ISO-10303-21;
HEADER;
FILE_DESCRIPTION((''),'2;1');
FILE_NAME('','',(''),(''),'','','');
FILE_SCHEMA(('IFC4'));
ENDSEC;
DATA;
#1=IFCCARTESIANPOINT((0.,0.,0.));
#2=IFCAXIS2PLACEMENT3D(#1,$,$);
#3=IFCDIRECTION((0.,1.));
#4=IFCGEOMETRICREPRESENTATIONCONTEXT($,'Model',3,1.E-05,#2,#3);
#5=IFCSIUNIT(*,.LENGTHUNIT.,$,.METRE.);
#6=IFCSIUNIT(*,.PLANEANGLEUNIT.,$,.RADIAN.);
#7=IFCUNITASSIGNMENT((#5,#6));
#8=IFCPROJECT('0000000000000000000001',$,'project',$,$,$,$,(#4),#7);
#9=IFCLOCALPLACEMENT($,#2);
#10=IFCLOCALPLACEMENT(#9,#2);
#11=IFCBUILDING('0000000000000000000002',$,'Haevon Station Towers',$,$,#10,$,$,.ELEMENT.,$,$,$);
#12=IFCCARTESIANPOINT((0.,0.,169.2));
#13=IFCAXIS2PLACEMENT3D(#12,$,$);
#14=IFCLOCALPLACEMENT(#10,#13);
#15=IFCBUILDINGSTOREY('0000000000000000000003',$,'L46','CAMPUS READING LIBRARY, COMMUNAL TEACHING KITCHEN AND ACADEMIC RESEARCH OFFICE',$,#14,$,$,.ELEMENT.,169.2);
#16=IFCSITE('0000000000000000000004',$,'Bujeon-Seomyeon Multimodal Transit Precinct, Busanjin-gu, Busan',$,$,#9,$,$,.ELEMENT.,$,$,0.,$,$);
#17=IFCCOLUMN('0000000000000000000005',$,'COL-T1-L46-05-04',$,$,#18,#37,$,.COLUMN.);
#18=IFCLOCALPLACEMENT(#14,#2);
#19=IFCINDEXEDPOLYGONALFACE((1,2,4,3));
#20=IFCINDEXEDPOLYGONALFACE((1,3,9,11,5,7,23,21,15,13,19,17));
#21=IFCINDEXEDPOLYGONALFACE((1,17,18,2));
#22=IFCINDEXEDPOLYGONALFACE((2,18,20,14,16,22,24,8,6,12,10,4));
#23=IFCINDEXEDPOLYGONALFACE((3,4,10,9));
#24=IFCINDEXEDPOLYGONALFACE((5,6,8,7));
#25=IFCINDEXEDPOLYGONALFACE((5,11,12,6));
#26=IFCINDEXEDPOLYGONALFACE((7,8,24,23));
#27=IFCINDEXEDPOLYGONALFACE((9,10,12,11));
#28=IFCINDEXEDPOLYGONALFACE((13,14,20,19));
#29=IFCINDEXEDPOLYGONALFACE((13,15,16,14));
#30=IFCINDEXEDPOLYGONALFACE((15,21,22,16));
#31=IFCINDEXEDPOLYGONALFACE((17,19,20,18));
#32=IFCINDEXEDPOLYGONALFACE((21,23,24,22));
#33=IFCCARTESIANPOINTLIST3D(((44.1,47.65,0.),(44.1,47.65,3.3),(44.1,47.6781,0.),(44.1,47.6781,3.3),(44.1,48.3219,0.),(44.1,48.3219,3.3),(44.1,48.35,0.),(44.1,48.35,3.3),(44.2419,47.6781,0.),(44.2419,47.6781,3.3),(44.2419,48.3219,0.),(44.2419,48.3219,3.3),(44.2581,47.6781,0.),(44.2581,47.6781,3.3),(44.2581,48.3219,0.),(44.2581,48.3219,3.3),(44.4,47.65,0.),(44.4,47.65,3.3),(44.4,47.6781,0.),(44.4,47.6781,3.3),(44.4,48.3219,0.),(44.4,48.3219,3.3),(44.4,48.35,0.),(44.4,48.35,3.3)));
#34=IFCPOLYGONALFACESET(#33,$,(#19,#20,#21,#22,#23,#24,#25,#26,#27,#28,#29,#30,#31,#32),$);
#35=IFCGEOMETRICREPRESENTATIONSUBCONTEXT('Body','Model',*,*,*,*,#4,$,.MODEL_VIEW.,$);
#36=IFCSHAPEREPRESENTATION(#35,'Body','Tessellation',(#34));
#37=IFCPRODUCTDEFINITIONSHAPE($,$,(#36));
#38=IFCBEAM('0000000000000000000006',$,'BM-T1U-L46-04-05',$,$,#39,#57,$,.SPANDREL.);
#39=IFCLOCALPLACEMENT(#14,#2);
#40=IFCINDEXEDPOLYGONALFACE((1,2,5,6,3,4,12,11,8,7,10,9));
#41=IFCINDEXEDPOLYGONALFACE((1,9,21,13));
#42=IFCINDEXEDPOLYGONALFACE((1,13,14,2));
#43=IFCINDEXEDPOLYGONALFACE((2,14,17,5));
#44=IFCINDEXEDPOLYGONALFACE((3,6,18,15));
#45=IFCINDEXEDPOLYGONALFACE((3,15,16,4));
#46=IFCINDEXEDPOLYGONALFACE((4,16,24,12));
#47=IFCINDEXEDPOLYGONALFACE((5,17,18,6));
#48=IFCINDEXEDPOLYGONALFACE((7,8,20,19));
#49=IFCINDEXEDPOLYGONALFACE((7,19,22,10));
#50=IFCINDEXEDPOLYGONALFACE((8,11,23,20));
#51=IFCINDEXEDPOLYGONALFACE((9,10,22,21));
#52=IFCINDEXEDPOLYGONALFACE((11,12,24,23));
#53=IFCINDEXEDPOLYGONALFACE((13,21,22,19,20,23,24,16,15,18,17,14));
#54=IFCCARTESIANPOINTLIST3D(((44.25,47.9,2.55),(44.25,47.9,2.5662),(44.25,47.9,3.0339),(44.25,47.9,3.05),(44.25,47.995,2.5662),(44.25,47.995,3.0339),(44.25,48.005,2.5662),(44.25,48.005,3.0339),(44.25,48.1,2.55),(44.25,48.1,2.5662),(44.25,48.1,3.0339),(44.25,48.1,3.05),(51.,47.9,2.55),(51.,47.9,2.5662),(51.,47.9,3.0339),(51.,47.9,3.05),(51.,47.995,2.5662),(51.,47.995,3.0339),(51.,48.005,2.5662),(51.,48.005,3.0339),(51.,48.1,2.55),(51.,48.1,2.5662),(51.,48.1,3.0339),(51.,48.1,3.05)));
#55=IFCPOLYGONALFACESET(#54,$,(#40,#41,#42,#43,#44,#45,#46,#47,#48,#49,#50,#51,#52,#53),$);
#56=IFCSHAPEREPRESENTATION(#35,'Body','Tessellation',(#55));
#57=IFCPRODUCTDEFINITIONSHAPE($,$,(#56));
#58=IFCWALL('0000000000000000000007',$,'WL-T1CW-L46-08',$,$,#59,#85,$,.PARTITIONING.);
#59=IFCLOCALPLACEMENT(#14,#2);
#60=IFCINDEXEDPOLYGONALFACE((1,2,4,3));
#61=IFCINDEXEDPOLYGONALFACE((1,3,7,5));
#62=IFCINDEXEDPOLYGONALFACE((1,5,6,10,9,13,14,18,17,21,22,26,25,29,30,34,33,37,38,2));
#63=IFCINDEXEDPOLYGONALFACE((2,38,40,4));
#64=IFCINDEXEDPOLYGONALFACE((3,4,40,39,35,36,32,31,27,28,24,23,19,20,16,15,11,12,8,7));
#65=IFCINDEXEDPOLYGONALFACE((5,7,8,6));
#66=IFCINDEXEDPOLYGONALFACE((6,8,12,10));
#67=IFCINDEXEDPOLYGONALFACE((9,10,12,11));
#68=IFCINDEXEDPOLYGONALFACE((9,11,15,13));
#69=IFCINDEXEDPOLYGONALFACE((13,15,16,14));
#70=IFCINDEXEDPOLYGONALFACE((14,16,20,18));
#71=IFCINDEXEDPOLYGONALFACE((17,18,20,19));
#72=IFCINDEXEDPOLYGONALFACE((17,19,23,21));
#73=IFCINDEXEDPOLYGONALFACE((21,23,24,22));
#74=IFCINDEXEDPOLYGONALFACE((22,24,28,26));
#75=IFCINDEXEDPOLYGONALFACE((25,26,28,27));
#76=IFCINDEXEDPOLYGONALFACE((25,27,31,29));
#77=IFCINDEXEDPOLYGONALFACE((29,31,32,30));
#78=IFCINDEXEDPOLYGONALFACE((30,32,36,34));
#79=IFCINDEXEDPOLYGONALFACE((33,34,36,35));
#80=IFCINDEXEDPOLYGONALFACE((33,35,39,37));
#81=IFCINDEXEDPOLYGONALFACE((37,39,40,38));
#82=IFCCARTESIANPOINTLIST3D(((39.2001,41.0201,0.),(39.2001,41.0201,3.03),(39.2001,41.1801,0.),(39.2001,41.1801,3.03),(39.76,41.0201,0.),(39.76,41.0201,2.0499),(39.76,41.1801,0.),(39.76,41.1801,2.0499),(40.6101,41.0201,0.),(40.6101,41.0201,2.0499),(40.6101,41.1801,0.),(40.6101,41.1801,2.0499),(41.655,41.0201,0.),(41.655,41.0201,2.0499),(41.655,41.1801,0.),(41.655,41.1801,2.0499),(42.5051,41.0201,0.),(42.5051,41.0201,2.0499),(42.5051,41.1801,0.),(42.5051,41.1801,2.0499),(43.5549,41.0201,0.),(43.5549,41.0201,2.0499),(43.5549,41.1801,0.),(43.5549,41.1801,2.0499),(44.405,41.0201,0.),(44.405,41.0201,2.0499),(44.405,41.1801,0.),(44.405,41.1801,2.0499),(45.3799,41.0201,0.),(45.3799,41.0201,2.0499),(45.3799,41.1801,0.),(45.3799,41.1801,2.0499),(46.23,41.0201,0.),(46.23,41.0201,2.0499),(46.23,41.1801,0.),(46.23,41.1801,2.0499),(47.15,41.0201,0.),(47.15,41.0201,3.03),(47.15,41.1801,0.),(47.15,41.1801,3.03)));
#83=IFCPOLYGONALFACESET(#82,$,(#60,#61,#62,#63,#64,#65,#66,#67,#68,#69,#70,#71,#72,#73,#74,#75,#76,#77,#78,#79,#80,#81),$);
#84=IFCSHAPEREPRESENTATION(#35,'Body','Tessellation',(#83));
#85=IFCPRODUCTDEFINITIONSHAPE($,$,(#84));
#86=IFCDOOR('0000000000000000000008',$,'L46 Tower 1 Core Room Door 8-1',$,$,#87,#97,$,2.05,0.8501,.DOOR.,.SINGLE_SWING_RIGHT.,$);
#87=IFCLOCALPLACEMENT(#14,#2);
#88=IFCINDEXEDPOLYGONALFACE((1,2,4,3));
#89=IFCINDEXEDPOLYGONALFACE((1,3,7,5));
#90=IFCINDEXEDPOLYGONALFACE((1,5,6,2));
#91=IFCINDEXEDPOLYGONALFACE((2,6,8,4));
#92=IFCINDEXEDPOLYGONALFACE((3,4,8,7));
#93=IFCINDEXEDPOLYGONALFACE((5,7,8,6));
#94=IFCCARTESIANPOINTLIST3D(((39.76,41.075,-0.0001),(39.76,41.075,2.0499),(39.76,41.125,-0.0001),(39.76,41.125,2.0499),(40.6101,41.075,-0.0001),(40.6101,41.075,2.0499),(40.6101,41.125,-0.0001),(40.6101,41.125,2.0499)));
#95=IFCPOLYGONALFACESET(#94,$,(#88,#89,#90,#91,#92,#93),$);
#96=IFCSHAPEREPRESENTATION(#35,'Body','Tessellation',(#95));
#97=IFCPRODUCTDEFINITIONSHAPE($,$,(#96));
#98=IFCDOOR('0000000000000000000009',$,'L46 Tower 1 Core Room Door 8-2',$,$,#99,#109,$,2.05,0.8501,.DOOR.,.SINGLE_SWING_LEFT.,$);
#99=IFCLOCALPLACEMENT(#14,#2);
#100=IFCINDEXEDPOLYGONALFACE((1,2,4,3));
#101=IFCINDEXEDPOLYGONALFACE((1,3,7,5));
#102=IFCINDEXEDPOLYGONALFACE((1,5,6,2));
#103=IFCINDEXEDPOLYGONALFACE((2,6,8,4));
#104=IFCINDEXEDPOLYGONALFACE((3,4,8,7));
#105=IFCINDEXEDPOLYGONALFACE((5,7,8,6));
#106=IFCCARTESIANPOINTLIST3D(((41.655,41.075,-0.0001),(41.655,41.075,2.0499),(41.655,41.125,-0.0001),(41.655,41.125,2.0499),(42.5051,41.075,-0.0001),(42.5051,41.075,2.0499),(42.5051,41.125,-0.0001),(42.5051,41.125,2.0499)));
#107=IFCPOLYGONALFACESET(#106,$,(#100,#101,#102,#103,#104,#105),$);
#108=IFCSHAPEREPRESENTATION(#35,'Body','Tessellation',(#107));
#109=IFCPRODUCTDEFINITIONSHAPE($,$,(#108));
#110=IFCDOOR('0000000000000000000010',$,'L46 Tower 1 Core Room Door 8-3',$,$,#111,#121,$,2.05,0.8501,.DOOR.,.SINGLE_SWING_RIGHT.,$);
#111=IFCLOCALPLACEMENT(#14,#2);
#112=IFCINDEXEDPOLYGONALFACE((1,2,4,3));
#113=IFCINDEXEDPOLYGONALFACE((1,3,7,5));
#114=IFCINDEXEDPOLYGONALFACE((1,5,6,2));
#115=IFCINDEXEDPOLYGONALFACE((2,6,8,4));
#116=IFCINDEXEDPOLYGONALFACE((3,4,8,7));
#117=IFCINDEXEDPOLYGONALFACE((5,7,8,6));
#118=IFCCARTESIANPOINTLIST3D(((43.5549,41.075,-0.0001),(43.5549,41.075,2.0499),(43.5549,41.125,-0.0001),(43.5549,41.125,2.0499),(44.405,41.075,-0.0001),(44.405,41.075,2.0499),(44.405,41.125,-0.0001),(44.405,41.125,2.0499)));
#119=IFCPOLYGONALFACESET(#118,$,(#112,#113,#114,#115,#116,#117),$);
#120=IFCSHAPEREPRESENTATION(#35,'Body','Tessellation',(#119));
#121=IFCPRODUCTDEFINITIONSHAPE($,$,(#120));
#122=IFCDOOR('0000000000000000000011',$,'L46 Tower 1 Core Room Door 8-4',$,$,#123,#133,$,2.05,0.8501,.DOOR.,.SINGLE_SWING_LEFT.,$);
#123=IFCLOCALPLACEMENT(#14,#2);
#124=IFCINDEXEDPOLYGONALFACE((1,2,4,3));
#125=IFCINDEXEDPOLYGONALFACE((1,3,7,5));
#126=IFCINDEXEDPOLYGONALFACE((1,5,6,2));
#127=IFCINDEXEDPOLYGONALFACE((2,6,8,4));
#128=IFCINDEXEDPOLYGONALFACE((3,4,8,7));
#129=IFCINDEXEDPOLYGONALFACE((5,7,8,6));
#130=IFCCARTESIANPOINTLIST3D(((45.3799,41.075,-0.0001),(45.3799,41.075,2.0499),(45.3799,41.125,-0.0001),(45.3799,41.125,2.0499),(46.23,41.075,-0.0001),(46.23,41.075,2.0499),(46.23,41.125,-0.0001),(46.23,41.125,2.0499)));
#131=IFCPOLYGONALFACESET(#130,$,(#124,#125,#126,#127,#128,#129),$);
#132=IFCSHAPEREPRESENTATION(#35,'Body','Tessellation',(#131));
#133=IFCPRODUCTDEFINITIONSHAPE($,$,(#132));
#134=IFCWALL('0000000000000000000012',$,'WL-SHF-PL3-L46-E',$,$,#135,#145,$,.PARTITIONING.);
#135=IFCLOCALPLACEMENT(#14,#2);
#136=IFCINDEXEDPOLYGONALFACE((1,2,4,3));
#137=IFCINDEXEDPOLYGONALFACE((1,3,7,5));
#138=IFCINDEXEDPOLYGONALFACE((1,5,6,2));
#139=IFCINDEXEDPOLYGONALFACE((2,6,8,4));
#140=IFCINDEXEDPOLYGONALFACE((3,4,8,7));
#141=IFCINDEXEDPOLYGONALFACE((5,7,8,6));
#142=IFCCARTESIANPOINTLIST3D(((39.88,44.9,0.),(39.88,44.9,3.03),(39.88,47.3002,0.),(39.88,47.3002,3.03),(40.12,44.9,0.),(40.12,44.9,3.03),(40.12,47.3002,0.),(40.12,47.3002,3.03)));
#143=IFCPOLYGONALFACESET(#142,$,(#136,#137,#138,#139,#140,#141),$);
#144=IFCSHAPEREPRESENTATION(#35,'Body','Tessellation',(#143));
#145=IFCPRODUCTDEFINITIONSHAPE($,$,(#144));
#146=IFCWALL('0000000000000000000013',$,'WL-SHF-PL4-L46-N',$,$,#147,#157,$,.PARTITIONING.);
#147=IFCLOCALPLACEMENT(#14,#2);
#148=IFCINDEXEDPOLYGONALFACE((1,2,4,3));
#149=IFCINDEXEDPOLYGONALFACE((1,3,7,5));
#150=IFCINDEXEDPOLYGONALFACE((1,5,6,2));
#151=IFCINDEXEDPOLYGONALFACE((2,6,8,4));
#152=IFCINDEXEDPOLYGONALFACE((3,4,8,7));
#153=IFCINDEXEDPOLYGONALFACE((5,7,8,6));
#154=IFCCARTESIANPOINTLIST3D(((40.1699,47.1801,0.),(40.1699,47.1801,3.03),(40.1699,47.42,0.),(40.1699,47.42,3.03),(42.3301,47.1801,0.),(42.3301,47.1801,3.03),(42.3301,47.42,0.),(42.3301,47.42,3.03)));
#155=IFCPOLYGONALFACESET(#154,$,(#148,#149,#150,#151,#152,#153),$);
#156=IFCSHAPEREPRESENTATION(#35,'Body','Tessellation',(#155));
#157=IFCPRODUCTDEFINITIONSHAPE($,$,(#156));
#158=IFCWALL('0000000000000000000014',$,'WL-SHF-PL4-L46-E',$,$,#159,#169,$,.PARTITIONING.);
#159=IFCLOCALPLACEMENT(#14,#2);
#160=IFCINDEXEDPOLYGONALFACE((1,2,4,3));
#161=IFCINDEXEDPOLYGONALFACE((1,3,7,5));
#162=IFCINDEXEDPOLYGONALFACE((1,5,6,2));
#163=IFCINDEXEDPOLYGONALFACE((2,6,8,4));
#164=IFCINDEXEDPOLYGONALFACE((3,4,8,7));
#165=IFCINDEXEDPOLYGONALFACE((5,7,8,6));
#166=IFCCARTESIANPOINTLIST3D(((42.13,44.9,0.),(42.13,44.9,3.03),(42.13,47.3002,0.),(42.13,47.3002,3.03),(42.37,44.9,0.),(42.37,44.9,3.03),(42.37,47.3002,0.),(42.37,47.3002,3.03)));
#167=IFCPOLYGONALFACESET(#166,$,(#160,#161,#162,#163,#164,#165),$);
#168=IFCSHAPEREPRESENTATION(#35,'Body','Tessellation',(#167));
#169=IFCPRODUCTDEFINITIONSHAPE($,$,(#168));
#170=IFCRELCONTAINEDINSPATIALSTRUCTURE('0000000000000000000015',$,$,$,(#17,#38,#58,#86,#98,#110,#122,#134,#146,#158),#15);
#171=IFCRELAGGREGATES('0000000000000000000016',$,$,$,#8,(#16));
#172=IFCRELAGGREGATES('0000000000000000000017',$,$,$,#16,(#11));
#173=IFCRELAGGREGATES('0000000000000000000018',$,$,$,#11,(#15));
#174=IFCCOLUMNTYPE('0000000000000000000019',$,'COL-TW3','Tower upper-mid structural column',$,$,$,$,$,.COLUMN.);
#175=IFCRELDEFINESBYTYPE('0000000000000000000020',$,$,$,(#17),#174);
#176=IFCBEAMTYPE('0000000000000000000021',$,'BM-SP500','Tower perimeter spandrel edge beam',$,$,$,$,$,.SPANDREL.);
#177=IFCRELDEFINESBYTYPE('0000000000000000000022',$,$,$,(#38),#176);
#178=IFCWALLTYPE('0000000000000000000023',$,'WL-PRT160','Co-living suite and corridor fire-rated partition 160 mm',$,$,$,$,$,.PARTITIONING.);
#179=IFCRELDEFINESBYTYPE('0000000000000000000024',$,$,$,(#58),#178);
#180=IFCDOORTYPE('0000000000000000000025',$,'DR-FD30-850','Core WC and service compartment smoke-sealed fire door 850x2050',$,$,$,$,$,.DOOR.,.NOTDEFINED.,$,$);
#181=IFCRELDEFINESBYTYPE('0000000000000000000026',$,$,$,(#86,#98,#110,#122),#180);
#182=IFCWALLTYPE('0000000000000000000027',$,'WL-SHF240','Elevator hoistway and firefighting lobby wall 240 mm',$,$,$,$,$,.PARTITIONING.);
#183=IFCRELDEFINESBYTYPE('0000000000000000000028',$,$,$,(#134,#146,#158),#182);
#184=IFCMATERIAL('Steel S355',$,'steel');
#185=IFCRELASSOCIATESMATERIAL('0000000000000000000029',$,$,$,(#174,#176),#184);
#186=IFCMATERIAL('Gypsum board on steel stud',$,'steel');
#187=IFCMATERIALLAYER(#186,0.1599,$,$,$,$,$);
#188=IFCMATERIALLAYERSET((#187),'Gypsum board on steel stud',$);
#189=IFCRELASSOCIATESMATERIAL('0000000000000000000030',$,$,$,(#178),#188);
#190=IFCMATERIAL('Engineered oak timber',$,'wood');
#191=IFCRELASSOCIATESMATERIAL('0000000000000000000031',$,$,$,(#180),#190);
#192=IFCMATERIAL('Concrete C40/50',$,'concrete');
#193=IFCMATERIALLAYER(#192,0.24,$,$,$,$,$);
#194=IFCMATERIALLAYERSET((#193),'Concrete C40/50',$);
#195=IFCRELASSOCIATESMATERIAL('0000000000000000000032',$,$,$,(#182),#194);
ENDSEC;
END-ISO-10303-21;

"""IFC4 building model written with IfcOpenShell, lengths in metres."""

from ifc_helpers import new_model, si_unit, direction, frame, frame_2d, origin, origin_2d, place, context, subcontext, project, spatial, rectangle, i_section, extrude, material, layer, layer_set, material_profile, profile_set, type_object, element, fill, save


model = new_model("IFC4")

# Units and contexts
model_context = context("Model", 3, precision=1e-05, world=origin(), true_north=direction((0.0, 1.0)))
body_context = subcontext(model_context, "Body", "Model", "MODEL_VIEW")
ifc_project = project(units=[si_unit("LENGTHUNIT", "METRE"), si_unit("PLANEANGLEUNIT", "RADIAN")], contexts=[model_context])

# Site, building, storey
site_placement = place(None, origin())
site = spatial("IfcSite", under=ifc_project, at=site_placement, Name="Bujeon-Seomyeon Multimodal Transit Precinct, Busanjin-gu, Busan", CompositionType="ELEMENT", RefElevation=0.0)
building_placement = place(site_placement, origin())
building = spatial("IfcBuilding", under=site, at=building_placement, Name="Haevon Station Towers", CompositionType="ELEMENT")
storey_placement = place(building_placement, frame((0.0, 0.0, 169.2)))
storey = spatial("IfcBuildingStorey", under=building, at=storey_placement, Name="L46", Description="CAMPUS READING LIBRARY, COMMUNAL TEACHING KITCHEN AND ACADEMIC RESEARCH OFFICE", CompositionType="ELEMENT", Elevation=169.2)

# Column
ifc_material_1 = material(Name="Steel S355", Category="steel")
ifc_material_profile_1 = material_profile(ifc_material_1, i_section(OverallWidth=0.3, OverallDepth=0.7, WebThickness=0.0161, FlangeThickness=0.0281, at=origin_2d()), Name="H-700x300x16x28")
ifc_profile_set_1 = profile_set([ifc_material_profile_1], Name="Steel S355")
column_type = type_object("IfcColumnType", Name="COL-TW3", Description="Tower upper-mid structural column", PredefinedType="COLUMN", material=ifc_profile_set_1)
column_placement = place(storey_placement, frame((44.25, 48.0, 0.0), z_axis=(0.0, 0.0, 1.0), x_axis=(1.0, 0.0, 0.0)))
element("IfcColumn", 1, at=column_placement, inside=storey, type_object=column_type, Name="COL-T1-L46-05-04", PredefinedType="COLUMN", context=body_context, shape_type="SweptSolid", body=[
    extrude(i_section(OverallWidth=0.3, OverallDepth=0.7, WebThickness=0.0161, FlangeThickness=0.0281, at=origin_2d()), origin(), (0.0, 0.0, 1.0), 3.3),
])

# Beam
ifc_material_profile_2 = material_profile(ifc_material_1, i_section(OverallWidth=0.2, OverallDepth=0.5, WebThickness=0.01, FlangeThickness=0.0161, at=origin_2d()), Name="H-500x200x10x16")
ifc_profile_set_2 = profile_set([ifc_material_profile_2], Name="Steel S355")
beam_type = type_object("IfcBeamType", Name="BM-SP500", Description="Tower perimeter spandrel edge beam", PredefinedType="SPANDREL", material=ifc_profile_set_2)
beam_placement = place(storey_placement, frame((44.25, 48.0, 2.8), z_axis=(1.0, 0.0, 0.0), x_axis=(0.0, 1.0, 0.0)))
element("IfcBeam", 2, at=beam_placement, inside=storey, type_object=beam_type, Name="BM-T1U-L46-04-05", PredefinedType="SPANDREL", context=body_context, shape_type="SweptSolid", body=[
    extrude(i_section(OverallWidth=0.2, OverallDepth=0.5, WebThickness=0.01, FlangeThickness=0.0161, at=origin_2d()), origin(), (0.0, 0.0, 1.0), 6.75),
])

# Wall, openings, doors
ifc_material_2 = material(Name="Gypsum board on steel stud", Category="steel")
ifc_layer_1 = layer(ifc_material_2, 0.1599)
ifc_layer_set_1 = layer_set([ifc_layer_1], Name="Gypsum board on steel stud")
wall_type_1 = type_object("IfcWallType", Name="WL-PRT160", Description="Co-living suite and corridor fire-rated partition 160 mm", PredefinedType="PARTITIONING", material=ifc_layer_set_1)
wall_1_placement = place(storey_placement, frame((39.2, 41.1001, 0.0), z_axis=(0.0, 0.0, 1.0), x_axis=(1.0, 0.0, 0.0)))
wall_1 = element("IfcWall", 3, at=wall_1_placement, inside=storey, type_object=wall_type_1, Name="WL-T1CW-L46-08", PredefinedType="PARTITIONING", context=body_context, shape_type="SweptSolid", body=[
    extrude(rectangle(XDim=7.95, YDim=0.1599, at=frame_2d((3.9751, 0.0))), origin(), (0.0, 0.0, 1.0), 3.03),
])
opening_1_placement = place(wall_1_placement, frame((0.5601, 0.0, 0.0)))
opening_1 = element("IfcOpeningElement", 4, at=opening_1_placement, cuts=wall_1, PredefinedType="OPENING", context=body_context, shape_type="SweptSolid", body=[
    extrude(rectangle(XDim=0.8501, YDim=2.05, at=frame_2d((0.425, 1.0249))), frame((0.0, 0.0898, 0.0), z_axis=(0.0, -1.0, 0.0), x_axis=(1.0, 0.0, 0.0)), (0.0, 0.0, 1.0), 0.1799),
])
opening_2_placement = place(wall_1_placement, frame((2.4551, 0.0, 0.0)))
opening_2 = element("IfcOpeningElement", 5, at=opening_2_placement, cuts=wall_1, PredefinedType="OPENING", context=body_context, shape_type="SweptSolid", body=[
    extrude(rectangle(XDim=0.8501, YDim=2.05, at=frame_2d((0.425, 1.0249))), frame((0.0, 0.0898, 0.0), z_axis=(0.0, -1.0, 0.0), x_axis=(1.0, 0.0, 0.0)), (0.0, 0.0, 1.0), 0.1799),
])
opening_3_placement = place(wall_1_placement, frame((4.355, 0.0, 0.0)))
opening_3 = element("IfcOpeningElement", 6, at=opening_3_placement, cuts=wall_1, PredefinedType="OPENING", context=body_context, shape_type="SweptSolid", body=[
    extrude(rectangle(XDim=0.8501, YDim=2.05, at=frame_2d((0.425, 1.0249))), frame((0.0, 0.0898, 0.0), z_axis=(0.0, -1.0, 0.0), x_axis=(1.0, 0.0, 0.0)), (0.0, 0.0, 1.0), 0.1799),
])
opening_4_placement = place(wall_1_placement, frame((6.1799, 0.0, 0.0)))
opening_4 = element("IfcOpeningElement", 7, at=opening_4_placement, cuts=wall_1, PredefinedType="OPENING", context=body_context, shape_type="SweptSolid", body=[
    extrude(rectangle(XDim=0.8501, YDim=2.05, at=frame_2d((0.425, 1.0249))), frame((0.0, 0.0898, 0.0), z_axis=(0.0, -1.0, 0.0), x_axis=(1.0, 0.0, 0.0)), (0.0, 0.0, 1.0), 0.1799),
])
ifc_material_3 = material(Name="Engineered oak timber", Category="wood")
door_type_1 = type_object("IfcDoorType", Name="DR-FD30-850", Description="Core WC and service compartment smoke-sealed fire door 850x2050", OperationType="NOTDEFINED", PredefinedType="DOOR", material=ifc_material_3)
door_1_placement = place(opening_1_placement, origin())
door_1 = element("IfcDoor", 8, at=door_1_placement, inside=storey, type_object=door_type_1, Name="L46 Tower 1 Core Room Door 8-1", OperationType="SINGLE_SWING_RIGHT", OverallHeight=2.05, OverallWidth=0.8501, PredefinedType="DOOR", context=body_context, shape_type="SweptSolid", body=[
    extrude(rectangle(XDim=0.8501, YDim=2.05, at=frame_2d((0.425, 1.0249))), frame((0.0, 0.0249, 0.0), z_axis=(0.0, -1.0, 0.0), x_axis=(1.0, 0.0, 0.0)), (0.0, 0.0, 1.0), 0.05),
])
fill(opening_1, door_1)
door_2_placement = place(opening_2_placement, origin())
door_2 = element("IfcDoor", 9, at=door_2_placement, inside=storey, type_object=door_type_1, Name="L46 Tower 1 Core Room Door 8-2", OperationType="SINGLE_SWING_LEFT", OverallHeight=2.05, OverallWidth=0.8501, PredefinedType="DOOR", context=body_context, shape_type="SweptSolid", body=[
    extrude(rectangle(XDim=0.8501, YDim=2.05, at=frame_2d((0.425, 1.0249))), frame((0.0, 0.0249, 0.0), z_axis=(0.0, -1.0, 0.0), x_axis=(1.0, 0.0, 0.0)), (0.0, 0.0, 1.0), 0.05),
])
fill(opening_2, door_2)
door_3_placement = place(opening_3_placement, origin())
door_3 = element("IfcDoor", 10, at=door_3_placement, inside=storey, type_object=door_type_1, Name="L46 Tower 1 Core Room Door 8-3", OperationType="SINGLE_SWING_RIGHT", OverallHeight=2.05, OverallWidth=0.8501, PredefinedType="DOOR", context=body_context, shape_type="SweptSolid", body=[
    extrude(rectangle(XDim=0.8501, YDim=2.05, at=frame_2d((0.425, 1.0249))), frame((0.0, 0.0249, 0.0), z_axis=(0.0, -1.0, 0.0), x_axis=(1.0, 0.0, 0.0)), (0.0, 0.0, 1.0), 0.05),
])
fill(opening_3, door_3)
door_4_placement = place(opening_4_placement, origin())
door_4 = element("IfcDoor", 11, at=door_4_placement, inside=storey, type_object=door_type_1, Name="L46 Tower 1 Core Room Door 8-4", OperationType="SINGLE_SWING_LEFT", OverallHeight=2.05, OverallWidth=0.8501, PredefinedType="DOOR", context=body_context, shape_type="SweptSolid", body=[
    extrude(rectangle(XDim=0.8501, YDim=2.05, at=frame_2d((0.425, 1.0249))), frame((0.0, 0.0249, 0.0), z_axis=(0.0, -1.0, 0.0), x_axis=(1.0, 0.0, 0.0)), (0.0, 0.0, 1.0), 0.05),
])
fill(opening_4, door_4)

# Wall
ifc_material_4 = material(Name="Concrete C40/50", Category="concrete")
ifc_layer_2 = layer(ifc_material_4, 0.24)
ifc_layer_set_2 = layer_set([ifc_layer_2], Name="Concrete C40/50")
wall_type_2 = type_object("IfcWallType", Name="WL-SHF240", Description="Elevator hoistway and firefighting lobby wall 240 mm", PredefinedType="PARTITIONING", material=ifc_layer_set_2)
wall_2_placement = place(storey_placement, frame((40.0, 44.8999, 0.0), z_axis=(0.0, 0.0, 1.0), x_axis=(0.0, 1.0, 0.0)))
element("IfcWall", 12, at=wall_2_placement, inside=storey, type_object=wall_type_2, Name="WL-SHF-PL3-L46-E", PredefinedType="PARTITIONING", context=body_context, shape_type="SweptSolid", body=[
    extrude(rectangle(XDim=2.4001, YDim=0.24, at=frame_2d((1.2002, 0.0))), origin(), (0.0, 0.0, 1.0), 3.03),
])

# Walls
wall_3_placement = place(storey_placement, frame((40.1699, 47.3, 0.0), z_axis=(0.0, 0.0, 1.0), x_axis=(1.0, 0.0, 0.0)))
element("IfcWall", 13, at=wall_3_placement, inside=storey, type_object=wall_type_2, Name="WL-SHF-PL4-L46-N", PredefinedType="PARTITIONING", context=body_context, shape_type="SweptSolid", body=[
    extrude(rectangle(XDim=2.1602, YDim=0.24, at=frame_2d((1.0801, 0.0))), origin(), (0.0, 0.0, 1.0), 3.03),
])
wall_4_placement = place(storey_placement, frame((42.25, 44.8999, 0.0), z_axis=(0.0, 0.0, 1.0), x_axis=(0.0, 1.0, 0.0)))
element("IfcWall", 14, at=wall_4_placement, inside=storey, type_object=wall_type_2, Name="WL-SHF-PL4-L46-E", PredefinedType="PARTITIONING", context=body_context, shape_type="SweptSolid", body=[
    extrude(rectangle(XDim=2.4001, YDim=0.24, at=frame_2d((1.2002, 0.0))), origin(), (0.0, 0.0, 1.0), 3.03),
])

save(model, "model.ifc")
